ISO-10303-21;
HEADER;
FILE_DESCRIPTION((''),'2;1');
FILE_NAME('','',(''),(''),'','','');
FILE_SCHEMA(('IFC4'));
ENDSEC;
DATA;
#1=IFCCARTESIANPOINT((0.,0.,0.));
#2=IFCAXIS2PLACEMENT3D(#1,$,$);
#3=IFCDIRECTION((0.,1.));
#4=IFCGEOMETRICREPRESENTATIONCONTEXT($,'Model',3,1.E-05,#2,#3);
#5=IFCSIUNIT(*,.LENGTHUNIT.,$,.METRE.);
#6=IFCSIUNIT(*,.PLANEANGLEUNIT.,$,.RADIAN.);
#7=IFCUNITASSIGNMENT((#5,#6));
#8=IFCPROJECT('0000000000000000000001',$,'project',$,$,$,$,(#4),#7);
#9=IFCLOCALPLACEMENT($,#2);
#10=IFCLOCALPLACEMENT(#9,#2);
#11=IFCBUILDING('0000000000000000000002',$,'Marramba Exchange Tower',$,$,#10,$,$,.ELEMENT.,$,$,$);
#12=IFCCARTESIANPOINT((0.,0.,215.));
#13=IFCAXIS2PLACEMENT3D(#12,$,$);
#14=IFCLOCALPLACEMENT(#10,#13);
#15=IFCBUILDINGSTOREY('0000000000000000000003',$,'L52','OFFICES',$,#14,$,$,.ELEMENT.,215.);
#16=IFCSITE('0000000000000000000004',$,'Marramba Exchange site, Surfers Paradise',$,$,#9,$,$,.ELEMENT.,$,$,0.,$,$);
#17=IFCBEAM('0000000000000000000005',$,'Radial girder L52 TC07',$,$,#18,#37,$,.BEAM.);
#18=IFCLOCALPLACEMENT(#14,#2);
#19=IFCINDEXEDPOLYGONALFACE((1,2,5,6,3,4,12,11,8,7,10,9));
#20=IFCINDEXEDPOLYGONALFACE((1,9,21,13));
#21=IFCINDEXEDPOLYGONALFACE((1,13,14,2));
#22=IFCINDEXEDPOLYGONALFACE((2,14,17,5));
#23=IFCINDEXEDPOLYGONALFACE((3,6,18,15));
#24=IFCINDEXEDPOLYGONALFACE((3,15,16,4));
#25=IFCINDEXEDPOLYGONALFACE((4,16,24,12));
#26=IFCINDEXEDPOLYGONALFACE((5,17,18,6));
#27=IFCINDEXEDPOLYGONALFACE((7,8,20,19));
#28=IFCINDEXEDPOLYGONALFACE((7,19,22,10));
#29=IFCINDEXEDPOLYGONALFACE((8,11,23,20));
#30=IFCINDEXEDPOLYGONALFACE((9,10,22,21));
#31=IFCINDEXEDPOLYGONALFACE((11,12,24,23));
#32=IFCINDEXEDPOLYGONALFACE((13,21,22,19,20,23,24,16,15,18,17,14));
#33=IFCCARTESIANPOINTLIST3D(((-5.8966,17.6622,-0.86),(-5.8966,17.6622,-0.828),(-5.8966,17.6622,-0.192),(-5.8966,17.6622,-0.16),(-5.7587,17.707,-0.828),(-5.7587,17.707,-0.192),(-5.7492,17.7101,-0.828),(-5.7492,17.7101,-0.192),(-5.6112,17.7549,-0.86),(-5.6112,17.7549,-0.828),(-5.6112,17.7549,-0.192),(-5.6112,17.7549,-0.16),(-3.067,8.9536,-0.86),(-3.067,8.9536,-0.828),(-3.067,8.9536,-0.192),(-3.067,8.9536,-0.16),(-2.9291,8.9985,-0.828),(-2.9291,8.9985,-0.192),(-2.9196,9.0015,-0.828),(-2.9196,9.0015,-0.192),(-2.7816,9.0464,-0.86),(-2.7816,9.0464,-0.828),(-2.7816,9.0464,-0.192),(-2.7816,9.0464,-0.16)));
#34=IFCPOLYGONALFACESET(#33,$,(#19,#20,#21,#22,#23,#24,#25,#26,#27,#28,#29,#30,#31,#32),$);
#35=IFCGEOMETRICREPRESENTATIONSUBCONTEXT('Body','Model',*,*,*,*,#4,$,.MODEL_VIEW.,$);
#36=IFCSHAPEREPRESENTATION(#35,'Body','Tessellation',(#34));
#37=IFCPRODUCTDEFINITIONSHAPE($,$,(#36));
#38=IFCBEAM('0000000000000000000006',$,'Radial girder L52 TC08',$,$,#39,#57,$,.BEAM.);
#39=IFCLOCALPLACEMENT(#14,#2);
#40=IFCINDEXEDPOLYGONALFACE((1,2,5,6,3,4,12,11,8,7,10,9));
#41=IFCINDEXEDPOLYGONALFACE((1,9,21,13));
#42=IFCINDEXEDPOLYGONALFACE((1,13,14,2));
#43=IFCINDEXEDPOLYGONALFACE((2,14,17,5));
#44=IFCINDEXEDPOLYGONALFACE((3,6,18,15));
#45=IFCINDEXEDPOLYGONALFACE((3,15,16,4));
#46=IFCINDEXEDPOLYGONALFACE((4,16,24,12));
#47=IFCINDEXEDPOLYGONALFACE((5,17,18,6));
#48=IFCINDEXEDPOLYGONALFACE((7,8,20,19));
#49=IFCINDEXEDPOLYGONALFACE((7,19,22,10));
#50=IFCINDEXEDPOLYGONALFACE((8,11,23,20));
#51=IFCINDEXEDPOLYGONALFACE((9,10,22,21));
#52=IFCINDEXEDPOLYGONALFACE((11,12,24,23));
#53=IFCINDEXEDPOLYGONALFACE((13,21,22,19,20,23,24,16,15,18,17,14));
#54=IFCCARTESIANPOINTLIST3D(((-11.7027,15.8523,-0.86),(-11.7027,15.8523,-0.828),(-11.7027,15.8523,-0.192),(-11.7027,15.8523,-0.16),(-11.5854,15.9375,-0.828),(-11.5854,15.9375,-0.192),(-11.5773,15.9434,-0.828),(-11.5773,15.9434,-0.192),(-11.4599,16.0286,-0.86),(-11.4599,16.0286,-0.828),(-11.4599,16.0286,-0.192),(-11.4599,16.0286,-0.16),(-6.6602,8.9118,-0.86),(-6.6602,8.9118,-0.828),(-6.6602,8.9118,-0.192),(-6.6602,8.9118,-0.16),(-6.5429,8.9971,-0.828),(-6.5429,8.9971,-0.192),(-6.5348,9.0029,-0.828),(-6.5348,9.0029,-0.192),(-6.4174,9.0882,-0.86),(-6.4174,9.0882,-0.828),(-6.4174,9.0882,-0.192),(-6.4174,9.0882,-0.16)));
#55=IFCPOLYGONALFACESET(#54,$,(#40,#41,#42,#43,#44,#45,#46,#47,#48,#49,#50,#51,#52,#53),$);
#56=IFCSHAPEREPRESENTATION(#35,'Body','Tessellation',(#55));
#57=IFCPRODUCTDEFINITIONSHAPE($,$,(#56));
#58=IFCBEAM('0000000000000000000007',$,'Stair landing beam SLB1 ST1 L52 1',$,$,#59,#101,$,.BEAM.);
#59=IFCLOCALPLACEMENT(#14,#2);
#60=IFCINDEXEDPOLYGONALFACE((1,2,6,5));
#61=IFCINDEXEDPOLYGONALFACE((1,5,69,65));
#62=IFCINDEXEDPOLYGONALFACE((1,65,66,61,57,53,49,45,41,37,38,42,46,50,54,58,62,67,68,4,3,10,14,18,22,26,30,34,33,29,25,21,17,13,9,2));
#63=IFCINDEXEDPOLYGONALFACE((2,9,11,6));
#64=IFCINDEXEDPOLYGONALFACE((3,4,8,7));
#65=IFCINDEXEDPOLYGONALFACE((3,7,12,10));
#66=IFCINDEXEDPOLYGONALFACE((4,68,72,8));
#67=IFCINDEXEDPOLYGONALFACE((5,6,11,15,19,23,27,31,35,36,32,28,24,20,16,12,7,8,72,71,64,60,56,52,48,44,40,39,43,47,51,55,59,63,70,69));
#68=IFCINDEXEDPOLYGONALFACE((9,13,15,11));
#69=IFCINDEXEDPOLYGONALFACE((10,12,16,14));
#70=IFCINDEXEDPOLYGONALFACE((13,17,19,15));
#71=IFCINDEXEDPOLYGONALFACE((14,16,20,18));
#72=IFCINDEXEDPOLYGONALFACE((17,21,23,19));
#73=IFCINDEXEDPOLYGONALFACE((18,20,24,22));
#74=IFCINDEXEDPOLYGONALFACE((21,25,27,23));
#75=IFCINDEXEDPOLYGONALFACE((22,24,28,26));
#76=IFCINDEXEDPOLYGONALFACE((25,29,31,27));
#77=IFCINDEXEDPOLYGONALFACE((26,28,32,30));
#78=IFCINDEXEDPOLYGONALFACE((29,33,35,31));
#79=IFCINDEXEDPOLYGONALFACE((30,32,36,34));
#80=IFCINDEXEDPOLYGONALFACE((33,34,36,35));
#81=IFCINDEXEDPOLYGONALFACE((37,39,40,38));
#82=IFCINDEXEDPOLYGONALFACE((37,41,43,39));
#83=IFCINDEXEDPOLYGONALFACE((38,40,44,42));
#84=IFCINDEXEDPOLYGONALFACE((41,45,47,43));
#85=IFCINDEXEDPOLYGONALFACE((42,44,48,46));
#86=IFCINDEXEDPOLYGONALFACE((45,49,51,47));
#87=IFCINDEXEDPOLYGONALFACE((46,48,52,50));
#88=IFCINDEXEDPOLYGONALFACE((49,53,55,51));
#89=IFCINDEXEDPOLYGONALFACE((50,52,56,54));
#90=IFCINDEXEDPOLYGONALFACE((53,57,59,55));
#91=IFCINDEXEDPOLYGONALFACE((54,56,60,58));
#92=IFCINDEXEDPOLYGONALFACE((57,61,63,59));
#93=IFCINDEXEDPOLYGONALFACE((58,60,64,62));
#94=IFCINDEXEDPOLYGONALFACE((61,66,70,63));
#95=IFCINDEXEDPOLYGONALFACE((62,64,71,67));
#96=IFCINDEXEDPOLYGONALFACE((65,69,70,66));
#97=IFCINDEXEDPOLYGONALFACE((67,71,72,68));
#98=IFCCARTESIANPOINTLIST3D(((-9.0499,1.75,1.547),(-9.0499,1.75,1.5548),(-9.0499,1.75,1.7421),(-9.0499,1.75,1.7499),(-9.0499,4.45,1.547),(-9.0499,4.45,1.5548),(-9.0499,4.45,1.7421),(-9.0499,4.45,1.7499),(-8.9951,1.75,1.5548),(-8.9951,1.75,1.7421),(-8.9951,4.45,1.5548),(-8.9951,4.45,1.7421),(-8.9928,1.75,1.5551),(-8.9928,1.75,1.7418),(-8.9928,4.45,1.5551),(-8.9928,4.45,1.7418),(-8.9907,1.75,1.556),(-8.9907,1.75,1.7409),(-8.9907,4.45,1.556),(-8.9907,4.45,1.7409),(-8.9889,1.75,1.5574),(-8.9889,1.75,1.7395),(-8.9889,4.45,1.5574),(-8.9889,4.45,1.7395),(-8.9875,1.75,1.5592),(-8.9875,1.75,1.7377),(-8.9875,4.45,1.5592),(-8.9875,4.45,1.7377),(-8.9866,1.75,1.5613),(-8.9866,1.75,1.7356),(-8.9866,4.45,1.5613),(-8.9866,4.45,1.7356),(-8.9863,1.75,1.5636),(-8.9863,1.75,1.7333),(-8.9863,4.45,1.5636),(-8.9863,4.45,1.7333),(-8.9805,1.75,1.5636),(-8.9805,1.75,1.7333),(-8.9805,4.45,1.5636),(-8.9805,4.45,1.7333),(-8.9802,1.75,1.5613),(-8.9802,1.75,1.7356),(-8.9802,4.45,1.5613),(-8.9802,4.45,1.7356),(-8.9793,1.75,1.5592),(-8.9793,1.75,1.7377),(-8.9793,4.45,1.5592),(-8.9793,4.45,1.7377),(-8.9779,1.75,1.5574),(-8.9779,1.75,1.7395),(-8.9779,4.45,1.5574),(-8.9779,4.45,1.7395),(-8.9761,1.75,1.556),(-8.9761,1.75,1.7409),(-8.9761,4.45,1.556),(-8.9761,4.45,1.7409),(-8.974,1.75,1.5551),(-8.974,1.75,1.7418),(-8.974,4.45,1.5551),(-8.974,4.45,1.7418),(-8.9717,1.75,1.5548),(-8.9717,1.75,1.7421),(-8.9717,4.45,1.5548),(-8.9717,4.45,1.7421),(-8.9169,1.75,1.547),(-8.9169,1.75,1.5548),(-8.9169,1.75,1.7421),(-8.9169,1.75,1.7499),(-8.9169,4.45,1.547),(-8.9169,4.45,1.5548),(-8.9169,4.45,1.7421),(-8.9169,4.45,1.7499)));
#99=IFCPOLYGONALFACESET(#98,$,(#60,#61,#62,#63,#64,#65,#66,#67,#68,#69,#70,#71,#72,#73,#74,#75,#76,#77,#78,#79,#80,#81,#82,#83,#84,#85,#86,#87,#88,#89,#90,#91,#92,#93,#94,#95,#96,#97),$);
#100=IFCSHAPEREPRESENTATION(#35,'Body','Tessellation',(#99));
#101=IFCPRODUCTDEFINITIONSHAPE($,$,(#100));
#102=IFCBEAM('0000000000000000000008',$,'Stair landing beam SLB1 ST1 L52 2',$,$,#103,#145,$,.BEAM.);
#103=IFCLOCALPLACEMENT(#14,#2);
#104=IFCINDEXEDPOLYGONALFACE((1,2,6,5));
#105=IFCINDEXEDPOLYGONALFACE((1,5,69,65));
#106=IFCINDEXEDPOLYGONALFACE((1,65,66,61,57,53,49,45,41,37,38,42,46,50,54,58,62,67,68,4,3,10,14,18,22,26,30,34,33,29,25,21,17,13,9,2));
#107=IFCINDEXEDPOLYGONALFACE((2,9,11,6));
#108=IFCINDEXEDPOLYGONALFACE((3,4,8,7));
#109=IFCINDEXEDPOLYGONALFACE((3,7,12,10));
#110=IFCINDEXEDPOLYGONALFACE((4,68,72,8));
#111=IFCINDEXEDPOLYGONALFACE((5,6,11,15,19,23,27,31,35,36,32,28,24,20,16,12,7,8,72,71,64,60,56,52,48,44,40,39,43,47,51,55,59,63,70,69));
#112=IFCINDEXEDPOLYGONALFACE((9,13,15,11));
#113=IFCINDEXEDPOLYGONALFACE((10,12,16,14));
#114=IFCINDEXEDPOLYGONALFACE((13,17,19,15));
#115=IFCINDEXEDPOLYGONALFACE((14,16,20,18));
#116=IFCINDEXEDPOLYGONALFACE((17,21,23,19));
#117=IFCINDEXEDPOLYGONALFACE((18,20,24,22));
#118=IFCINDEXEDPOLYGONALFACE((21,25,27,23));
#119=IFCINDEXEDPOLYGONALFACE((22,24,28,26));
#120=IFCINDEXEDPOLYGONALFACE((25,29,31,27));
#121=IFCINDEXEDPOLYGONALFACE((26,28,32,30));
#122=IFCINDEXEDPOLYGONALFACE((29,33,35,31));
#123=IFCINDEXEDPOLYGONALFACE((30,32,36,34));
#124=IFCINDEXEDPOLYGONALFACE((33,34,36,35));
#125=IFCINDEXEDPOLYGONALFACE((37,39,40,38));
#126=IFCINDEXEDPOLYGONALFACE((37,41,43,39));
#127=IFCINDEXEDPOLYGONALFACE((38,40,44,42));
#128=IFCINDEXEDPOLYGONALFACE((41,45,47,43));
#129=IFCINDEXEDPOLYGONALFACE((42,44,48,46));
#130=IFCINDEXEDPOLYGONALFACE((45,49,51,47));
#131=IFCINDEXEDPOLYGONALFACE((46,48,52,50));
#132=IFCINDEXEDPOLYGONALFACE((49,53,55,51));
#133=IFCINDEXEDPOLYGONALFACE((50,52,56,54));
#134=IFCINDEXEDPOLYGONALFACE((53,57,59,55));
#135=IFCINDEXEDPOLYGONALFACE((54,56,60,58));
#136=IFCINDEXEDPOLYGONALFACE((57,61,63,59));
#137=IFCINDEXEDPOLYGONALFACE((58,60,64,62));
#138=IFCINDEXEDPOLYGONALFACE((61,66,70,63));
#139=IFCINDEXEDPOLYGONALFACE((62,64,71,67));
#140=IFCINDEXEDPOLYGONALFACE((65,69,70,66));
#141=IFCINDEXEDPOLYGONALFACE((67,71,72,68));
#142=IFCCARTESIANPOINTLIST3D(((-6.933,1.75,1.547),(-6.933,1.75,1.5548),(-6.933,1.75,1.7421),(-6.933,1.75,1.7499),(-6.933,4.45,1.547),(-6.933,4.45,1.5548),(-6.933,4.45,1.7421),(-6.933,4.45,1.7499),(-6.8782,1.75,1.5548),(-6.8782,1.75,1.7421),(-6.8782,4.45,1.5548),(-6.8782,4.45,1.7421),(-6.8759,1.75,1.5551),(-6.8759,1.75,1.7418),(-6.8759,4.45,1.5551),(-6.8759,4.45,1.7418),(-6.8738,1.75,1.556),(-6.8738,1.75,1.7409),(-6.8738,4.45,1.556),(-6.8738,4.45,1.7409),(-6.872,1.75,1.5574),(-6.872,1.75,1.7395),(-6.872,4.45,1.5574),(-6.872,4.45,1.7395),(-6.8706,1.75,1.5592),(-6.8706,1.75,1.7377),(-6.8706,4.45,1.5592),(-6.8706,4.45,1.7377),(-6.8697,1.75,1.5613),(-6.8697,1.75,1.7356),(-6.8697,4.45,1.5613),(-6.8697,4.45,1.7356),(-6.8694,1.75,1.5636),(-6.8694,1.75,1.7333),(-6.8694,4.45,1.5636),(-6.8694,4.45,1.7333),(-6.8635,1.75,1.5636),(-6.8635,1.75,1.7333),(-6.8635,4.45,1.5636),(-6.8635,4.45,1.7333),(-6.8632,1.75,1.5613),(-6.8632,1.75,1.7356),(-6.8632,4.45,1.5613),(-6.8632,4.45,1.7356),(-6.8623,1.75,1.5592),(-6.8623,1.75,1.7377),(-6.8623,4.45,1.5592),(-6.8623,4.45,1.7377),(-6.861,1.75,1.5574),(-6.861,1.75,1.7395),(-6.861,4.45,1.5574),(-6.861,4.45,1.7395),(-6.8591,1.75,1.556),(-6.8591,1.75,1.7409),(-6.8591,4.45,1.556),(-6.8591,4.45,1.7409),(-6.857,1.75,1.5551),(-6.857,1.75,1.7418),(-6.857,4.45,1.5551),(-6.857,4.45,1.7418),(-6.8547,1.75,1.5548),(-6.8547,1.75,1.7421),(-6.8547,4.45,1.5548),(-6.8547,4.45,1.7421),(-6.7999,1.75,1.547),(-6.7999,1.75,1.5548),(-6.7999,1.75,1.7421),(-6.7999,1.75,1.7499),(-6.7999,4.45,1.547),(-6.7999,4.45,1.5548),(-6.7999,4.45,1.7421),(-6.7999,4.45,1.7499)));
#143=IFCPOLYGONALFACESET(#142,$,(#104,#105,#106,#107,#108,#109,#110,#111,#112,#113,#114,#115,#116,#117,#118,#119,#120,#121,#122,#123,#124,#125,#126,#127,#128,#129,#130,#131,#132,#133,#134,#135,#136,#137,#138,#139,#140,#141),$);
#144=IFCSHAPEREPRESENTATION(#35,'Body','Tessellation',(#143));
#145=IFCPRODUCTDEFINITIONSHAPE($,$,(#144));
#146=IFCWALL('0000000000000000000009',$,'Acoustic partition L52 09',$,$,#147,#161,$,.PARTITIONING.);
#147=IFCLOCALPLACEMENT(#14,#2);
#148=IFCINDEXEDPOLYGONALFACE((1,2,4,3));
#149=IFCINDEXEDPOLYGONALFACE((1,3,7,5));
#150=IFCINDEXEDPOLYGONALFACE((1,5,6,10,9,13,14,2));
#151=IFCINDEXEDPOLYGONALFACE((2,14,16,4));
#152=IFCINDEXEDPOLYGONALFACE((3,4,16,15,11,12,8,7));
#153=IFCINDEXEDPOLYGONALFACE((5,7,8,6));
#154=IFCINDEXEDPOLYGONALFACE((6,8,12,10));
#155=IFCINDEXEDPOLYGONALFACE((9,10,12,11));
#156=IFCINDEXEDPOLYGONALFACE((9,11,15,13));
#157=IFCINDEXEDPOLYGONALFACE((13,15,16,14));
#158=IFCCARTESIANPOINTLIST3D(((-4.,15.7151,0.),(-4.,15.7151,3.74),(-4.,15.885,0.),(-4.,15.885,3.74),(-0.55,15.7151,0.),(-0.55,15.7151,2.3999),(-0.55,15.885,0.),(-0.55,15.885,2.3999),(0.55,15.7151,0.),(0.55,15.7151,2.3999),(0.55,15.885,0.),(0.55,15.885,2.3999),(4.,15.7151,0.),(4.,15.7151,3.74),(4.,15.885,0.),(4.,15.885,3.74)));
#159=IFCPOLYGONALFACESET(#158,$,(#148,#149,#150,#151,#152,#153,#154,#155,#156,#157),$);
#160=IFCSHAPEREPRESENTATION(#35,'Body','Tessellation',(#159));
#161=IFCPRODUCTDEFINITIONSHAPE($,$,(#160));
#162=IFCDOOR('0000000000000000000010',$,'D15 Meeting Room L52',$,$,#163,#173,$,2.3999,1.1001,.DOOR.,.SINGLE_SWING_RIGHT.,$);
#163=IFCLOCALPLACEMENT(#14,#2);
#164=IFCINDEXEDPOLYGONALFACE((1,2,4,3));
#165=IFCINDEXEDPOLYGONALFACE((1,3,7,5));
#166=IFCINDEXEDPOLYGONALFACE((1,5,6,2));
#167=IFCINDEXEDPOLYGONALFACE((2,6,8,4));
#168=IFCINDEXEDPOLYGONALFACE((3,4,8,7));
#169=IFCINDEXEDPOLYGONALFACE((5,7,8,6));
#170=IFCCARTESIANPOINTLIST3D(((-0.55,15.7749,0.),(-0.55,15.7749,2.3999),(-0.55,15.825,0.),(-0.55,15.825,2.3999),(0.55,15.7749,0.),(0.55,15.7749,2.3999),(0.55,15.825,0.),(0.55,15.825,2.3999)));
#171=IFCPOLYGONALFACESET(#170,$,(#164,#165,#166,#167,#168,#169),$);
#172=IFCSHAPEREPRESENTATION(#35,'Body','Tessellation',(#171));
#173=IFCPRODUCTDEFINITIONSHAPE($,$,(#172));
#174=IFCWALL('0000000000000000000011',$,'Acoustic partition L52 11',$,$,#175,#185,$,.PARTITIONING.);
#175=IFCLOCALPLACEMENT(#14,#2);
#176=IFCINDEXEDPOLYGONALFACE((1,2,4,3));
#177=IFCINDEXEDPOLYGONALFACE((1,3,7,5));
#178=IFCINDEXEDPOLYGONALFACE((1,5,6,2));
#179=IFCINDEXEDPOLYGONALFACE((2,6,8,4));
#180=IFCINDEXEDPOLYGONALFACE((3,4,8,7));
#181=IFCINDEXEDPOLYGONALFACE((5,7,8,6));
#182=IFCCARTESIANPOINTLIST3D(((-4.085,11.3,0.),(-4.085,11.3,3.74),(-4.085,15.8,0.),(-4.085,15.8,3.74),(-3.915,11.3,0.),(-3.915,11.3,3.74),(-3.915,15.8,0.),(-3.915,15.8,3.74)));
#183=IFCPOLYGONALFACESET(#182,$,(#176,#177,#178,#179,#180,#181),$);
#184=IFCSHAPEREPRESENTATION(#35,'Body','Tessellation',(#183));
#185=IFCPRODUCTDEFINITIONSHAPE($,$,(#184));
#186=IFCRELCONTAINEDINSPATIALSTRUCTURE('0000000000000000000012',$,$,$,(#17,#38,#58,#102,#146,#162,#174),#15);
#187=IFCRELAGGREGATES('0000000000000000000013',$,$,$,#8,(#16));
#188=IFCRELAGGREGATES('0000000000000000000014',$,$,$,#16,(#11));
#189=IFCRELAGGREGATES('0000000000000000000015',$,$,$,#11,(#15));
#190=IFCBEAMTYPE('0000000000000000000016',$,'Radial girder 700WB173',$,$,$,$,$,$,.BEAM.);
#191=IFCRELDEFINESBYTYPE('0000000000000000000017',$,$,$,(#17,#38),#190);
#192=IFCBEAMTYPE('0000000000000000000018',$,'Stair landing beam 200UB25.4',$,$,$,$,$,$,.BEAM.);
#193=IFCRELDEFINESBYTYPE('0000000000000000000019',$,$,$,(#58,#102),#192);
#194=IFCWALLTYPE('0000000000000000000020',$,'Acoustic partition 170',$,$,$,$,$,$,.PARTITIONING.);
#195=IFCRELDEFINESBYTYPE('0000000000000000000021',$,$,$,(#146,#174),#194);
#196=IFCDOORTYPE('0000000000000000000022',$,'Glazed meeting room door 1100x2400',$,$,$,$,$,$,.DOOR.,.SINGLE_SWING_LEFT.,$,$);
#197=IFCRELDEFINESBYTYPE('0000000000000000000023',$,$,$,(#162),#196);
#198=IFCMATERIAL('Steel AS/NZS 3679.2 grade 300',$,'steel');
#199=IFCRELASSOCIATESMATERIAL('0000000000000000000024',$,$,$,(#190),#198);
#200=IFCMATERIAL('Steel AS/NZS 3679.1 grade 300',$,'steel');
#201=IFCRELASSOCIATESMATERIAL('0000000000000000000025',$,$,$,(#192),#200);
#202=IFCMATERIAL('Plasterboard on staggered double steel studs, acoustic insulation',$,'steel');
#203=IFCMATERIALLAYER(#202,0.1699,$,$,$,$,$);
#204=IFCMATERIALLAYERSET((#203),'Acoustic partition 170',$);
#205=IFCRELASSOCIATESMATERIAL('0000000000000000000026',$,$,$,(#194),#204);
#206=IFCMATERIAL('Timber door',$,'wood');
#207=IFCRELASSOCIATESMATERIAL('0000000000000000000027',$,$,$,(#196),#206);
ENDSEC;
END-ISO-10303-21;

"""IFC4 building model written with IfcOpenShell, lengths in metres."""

from ifc_helpers import new_model, si_unit, direction, frame, frame_2d, origin, origin_2d, place, context, subcontext, project, spatial, rectangle, i_section, extrude, material, layer, layer_set, material_profile, profile_set, type_object, element, fill, save


model = new_model("IFC4")

# Units and contexts
model_context = context("Model", 3, precision=1e-05, world=origin(), true_north=direction((0.0, 1.0)))
body_context = subcontext(model_context, "Body", "Model", "MODEL_VIEW")
ifc_project = project(units=[si_unit("LENGTHUNIT", "METRE"), si_unit("PLANEANGLEUNIT", "RADIAN")], contexts=[model_context])

# Site, building, storey
site_placement = place(None, origin())
site = spatial("IfcSite", under=ifc_project, at=site_placement, Name="Marramba Exchange site, Surfers Paradise", CompositionType="ELEMENT", RefElevation=0.0)
building_placement = place(site_placement, origin())
building = spatial("IfcBuilding", under=site, at=building_placement, Name="Marramba Exchange Tower", CompositionType="ELEMENT")
storey_placement = place(building_placement, frame((0.0, 0.0, 215.0)))
storey = spatial("IfcBuildingStorey", under=building, at=storey_placement, Name="L52", Description="OFFICES", CompositionType="ELEMENT", Elevation=215.0)

# Beams
ifc_material_1 = material(Name="Steel AS/NZS 3679.1 grade 300", Category="steel")
ifc_material_2 = material(Name="Steel AS/NZS 3679.2 grade 300", Category="steel")
ifc_material_profile_1 = material_profile(ifc_material_2, i_section(OverallWidth=0.3, OverallDepth=0.7, WebThickness=0.01, FlangeThickness=0.032, at=origin_2d()), Name="700WB173")
ifc_profile_set_1 = profile_set([ifc_material_profile_1], Name="Steel AS/NZS 3679.2 grade 300")
beam_type_1 = type_object("IfcBeamType", Name="Radial girder 700WB173", PredefinedType="BEAM", material=ifc_profile_set_1)
beam_1_placement = place(storey_placement, frame((-2.9243, 9.0, -0.51), z_axis=(-0.30902, 0.951056, 0.0), x_axis=(-0.951056, -0.30902, 0.0)))
element("IfcBeam", 1, at=beam_1_placement, inside=storey, type_object=beam_type_1, Name="Radial girder L52 TC07", PredefinedType="BEAM", context=body_context, shape_type="SweptSolid", body=[
    extrude(i_section(OverallWidth=0.3, OverallDepth=0.7, WebThickness=0.01, FlangeThickness=0.032, at=origin_2d()), origin(), (0.0, 0.0, 1.0), 9.1567),
])
beam_2_placement = place(storey_placement, frame((-6.5388, 9.0, -0.51), z_axis=(-0.587782, 0.809019, 0.0), x_axis=(-0.809019, -0.587782, 0.0)))
element("IfcBeam", 2, at=beam_2_placement, inside=storey, type_object=beam_type_1, Name="Radial girder L52 TC08", PredefinedType="BEAM", context=body_context, shape_type="SweptSolid", body=[
    extrude(i_section(OverallWidth=0.3, OverallDepth=0.7, WebThickness=0.01, FlangeThickness=0.032, at=origin_2d()), origin(), (0.0, 0.0, 1.0), 8.5789),
])
ifc_material_profile_2 = material_profile(ifc_material_1, i_section(OverallWidth=0.1331, OverallDepth=0.2029, WebThickness=0.0059, FlangeThickness=0.0078, FilletRadius=0.0088, at=origin_2d()), Name="200UB25.4")
ifc_profile_set_2 = profile_set([ifc_material_profile_2], Name="Steel AS/NZS 3679.1 grade 300")
beam_type_2 = type_object("IfcBeamType", Name="Stair landing beam 200UB25.4", PredefinedType="BEAM", material=ifc_profile_set_2)
for number, where, z_axis, x_axis, name in (
    (3, (-8.9834, 1.75, 1.6484), (0.0, 1.0, 0.0), (-1.0, 0.0, 0.0), "Stair landing beam SLB1 ST1 L52 1"),
    (4, (-6.8665, 1.75, 1.6484), (0.0, 1.0, 0.0), (-1.0, 0.0, 0.0), "Stair landing beam SLB1 ST1 L52 2"),
):
    element("IfcBeam", number, at=place(storey_placement, frame(where, z_axis=z_axis, x_axis=x_axis)), inside=storey, type_object=beam_type_2, Name=name, PredefinedType="BEAM", context=body_context, shape_type="SweptSolid", body=[
        extrude(i_section(OverallWidth=0.1331, OverallDepth=0.2029, WebThickness=0.0059, FlangeThickness=0.0078, FilletRadius=0.0088, at=origin_2d()), origin(), (0.0, 0.0, 1.0), 2.7),
    ])

# Wall, opening, door
ifc_material_3 = material(Name="Plasterboard on staggered double steel studs, acoustic insulation", Category="steel")
ifc_layer_1 = layer(ifc_material_3, 0.1699)
ifc_layer_set_1 = layer_set([ifc_layer_1], Name="Acoustic partition 170")
wall_type_1 = type_object("IfcWallType", Name="Acoustic partition 170", PredefinedType="PARTITIONING", material=ifc_layer_set_1)
wall_1_placement = place(storey_placement, frame((-4.0, 15.8, 0.0), z_axis=(0.0, 0.0, 1.0), x_axis=(1.0, 0.0, 0.0)))
wall_1 = element("IfcWall", 5, at=wall_1_placement, inside=storey, type_object=wall_type_1, Name="Acoustic partition L52 09", PredefinedType="PARTITIONING", context=body_context, shape_type="SweptSolid", body=[
    extrude(rectangle(XDim=8.0, YDim=0.1699, at=frame_2d((4.0, 0.0))), origin(), (0.0, 0.0, 1.0), 3.74),
])
opening_1_placement = place(wall_1_placement, frame((3.45, 0.0, 0.0)))
opening_1 = element("IfcOpeningElement", 6, at=opening_1_placement, cuts=wall_1, PredefinedType="OPENING", context=body_context, shape_type="SweptSolid", body=[
    extrude(rectangle(XDim=1.1001, YDim=2.3999, at=frame_2d((0.55, 1.2))), frame((0.0, 0.095, 0.0), z_axis=(0.0, -1.0, 0.0), x_axis=(1.0, 0.0, 0.0)), (0.0, 0.0, 1.0), 0.1899),
])
ifc_material_4 = material(Name="Timber door", Category="wood")
door_type_1 = type_object("IfcDoorType", Name="Glazed meeting room door 1100x2400", OperationType="SINGLE_SWING_LEFT", PredefinedType="DOOR", material=ifc_material_4)
door_1_placement = place(opening_1_placement, frame((1.1001, 0.0, 0.0), z_axis=(0.0, 0.0, 1.0), x_axis=(-1.0, 0.0, 0.0)))
door_1 = element("IfcDoor", 7, at=door_1_placement, inside=storey, type_object=door_type_1, Name="D15 Meeting Room L52", OperationType="SINGLE_SWING_RIGHT", OverallHeight=2.3999, OverallWidth=1.1001, PredefinedType="DOOR", context=body_context, shape_type="SweptSolid", body=[
    extrude(rectangle(XDim=1.1001, YDim=2.3999, at=frame_2d((0.55, 1.2))), frame((0.0, 0.0251, 0.0), z_axis=(0.0, -1.0, 0.0), x_axis=(1.0, 0.0, 0.0)), (0.0, 0.0, 1.0), 0.05),
])
fill(opening_1, door_1)

# Wall
wall_2_placement = place(storey_placement, frame((-4.0, 11.3, 0.0), z_axis=(0.0, 0.0, 1.0), x_axis=(0.0, 1.0, 0.0)))
element("IfcWall", 8, at=wall_2_placement, inside=storey, type_object=wall_type_1, Name="Acoustic partition L52 11", PredefinedType="PARTITIONING", context=body_context, shape_type="SweptSolid", body=[
    extrude(rectangle(XDim=4.5, YDim=0.1699, at=frame_2d((2.25, 0.0))), origin(), (0.0, 0.0, 1.0), 3.74),
])

save(model, "model.ifc")
